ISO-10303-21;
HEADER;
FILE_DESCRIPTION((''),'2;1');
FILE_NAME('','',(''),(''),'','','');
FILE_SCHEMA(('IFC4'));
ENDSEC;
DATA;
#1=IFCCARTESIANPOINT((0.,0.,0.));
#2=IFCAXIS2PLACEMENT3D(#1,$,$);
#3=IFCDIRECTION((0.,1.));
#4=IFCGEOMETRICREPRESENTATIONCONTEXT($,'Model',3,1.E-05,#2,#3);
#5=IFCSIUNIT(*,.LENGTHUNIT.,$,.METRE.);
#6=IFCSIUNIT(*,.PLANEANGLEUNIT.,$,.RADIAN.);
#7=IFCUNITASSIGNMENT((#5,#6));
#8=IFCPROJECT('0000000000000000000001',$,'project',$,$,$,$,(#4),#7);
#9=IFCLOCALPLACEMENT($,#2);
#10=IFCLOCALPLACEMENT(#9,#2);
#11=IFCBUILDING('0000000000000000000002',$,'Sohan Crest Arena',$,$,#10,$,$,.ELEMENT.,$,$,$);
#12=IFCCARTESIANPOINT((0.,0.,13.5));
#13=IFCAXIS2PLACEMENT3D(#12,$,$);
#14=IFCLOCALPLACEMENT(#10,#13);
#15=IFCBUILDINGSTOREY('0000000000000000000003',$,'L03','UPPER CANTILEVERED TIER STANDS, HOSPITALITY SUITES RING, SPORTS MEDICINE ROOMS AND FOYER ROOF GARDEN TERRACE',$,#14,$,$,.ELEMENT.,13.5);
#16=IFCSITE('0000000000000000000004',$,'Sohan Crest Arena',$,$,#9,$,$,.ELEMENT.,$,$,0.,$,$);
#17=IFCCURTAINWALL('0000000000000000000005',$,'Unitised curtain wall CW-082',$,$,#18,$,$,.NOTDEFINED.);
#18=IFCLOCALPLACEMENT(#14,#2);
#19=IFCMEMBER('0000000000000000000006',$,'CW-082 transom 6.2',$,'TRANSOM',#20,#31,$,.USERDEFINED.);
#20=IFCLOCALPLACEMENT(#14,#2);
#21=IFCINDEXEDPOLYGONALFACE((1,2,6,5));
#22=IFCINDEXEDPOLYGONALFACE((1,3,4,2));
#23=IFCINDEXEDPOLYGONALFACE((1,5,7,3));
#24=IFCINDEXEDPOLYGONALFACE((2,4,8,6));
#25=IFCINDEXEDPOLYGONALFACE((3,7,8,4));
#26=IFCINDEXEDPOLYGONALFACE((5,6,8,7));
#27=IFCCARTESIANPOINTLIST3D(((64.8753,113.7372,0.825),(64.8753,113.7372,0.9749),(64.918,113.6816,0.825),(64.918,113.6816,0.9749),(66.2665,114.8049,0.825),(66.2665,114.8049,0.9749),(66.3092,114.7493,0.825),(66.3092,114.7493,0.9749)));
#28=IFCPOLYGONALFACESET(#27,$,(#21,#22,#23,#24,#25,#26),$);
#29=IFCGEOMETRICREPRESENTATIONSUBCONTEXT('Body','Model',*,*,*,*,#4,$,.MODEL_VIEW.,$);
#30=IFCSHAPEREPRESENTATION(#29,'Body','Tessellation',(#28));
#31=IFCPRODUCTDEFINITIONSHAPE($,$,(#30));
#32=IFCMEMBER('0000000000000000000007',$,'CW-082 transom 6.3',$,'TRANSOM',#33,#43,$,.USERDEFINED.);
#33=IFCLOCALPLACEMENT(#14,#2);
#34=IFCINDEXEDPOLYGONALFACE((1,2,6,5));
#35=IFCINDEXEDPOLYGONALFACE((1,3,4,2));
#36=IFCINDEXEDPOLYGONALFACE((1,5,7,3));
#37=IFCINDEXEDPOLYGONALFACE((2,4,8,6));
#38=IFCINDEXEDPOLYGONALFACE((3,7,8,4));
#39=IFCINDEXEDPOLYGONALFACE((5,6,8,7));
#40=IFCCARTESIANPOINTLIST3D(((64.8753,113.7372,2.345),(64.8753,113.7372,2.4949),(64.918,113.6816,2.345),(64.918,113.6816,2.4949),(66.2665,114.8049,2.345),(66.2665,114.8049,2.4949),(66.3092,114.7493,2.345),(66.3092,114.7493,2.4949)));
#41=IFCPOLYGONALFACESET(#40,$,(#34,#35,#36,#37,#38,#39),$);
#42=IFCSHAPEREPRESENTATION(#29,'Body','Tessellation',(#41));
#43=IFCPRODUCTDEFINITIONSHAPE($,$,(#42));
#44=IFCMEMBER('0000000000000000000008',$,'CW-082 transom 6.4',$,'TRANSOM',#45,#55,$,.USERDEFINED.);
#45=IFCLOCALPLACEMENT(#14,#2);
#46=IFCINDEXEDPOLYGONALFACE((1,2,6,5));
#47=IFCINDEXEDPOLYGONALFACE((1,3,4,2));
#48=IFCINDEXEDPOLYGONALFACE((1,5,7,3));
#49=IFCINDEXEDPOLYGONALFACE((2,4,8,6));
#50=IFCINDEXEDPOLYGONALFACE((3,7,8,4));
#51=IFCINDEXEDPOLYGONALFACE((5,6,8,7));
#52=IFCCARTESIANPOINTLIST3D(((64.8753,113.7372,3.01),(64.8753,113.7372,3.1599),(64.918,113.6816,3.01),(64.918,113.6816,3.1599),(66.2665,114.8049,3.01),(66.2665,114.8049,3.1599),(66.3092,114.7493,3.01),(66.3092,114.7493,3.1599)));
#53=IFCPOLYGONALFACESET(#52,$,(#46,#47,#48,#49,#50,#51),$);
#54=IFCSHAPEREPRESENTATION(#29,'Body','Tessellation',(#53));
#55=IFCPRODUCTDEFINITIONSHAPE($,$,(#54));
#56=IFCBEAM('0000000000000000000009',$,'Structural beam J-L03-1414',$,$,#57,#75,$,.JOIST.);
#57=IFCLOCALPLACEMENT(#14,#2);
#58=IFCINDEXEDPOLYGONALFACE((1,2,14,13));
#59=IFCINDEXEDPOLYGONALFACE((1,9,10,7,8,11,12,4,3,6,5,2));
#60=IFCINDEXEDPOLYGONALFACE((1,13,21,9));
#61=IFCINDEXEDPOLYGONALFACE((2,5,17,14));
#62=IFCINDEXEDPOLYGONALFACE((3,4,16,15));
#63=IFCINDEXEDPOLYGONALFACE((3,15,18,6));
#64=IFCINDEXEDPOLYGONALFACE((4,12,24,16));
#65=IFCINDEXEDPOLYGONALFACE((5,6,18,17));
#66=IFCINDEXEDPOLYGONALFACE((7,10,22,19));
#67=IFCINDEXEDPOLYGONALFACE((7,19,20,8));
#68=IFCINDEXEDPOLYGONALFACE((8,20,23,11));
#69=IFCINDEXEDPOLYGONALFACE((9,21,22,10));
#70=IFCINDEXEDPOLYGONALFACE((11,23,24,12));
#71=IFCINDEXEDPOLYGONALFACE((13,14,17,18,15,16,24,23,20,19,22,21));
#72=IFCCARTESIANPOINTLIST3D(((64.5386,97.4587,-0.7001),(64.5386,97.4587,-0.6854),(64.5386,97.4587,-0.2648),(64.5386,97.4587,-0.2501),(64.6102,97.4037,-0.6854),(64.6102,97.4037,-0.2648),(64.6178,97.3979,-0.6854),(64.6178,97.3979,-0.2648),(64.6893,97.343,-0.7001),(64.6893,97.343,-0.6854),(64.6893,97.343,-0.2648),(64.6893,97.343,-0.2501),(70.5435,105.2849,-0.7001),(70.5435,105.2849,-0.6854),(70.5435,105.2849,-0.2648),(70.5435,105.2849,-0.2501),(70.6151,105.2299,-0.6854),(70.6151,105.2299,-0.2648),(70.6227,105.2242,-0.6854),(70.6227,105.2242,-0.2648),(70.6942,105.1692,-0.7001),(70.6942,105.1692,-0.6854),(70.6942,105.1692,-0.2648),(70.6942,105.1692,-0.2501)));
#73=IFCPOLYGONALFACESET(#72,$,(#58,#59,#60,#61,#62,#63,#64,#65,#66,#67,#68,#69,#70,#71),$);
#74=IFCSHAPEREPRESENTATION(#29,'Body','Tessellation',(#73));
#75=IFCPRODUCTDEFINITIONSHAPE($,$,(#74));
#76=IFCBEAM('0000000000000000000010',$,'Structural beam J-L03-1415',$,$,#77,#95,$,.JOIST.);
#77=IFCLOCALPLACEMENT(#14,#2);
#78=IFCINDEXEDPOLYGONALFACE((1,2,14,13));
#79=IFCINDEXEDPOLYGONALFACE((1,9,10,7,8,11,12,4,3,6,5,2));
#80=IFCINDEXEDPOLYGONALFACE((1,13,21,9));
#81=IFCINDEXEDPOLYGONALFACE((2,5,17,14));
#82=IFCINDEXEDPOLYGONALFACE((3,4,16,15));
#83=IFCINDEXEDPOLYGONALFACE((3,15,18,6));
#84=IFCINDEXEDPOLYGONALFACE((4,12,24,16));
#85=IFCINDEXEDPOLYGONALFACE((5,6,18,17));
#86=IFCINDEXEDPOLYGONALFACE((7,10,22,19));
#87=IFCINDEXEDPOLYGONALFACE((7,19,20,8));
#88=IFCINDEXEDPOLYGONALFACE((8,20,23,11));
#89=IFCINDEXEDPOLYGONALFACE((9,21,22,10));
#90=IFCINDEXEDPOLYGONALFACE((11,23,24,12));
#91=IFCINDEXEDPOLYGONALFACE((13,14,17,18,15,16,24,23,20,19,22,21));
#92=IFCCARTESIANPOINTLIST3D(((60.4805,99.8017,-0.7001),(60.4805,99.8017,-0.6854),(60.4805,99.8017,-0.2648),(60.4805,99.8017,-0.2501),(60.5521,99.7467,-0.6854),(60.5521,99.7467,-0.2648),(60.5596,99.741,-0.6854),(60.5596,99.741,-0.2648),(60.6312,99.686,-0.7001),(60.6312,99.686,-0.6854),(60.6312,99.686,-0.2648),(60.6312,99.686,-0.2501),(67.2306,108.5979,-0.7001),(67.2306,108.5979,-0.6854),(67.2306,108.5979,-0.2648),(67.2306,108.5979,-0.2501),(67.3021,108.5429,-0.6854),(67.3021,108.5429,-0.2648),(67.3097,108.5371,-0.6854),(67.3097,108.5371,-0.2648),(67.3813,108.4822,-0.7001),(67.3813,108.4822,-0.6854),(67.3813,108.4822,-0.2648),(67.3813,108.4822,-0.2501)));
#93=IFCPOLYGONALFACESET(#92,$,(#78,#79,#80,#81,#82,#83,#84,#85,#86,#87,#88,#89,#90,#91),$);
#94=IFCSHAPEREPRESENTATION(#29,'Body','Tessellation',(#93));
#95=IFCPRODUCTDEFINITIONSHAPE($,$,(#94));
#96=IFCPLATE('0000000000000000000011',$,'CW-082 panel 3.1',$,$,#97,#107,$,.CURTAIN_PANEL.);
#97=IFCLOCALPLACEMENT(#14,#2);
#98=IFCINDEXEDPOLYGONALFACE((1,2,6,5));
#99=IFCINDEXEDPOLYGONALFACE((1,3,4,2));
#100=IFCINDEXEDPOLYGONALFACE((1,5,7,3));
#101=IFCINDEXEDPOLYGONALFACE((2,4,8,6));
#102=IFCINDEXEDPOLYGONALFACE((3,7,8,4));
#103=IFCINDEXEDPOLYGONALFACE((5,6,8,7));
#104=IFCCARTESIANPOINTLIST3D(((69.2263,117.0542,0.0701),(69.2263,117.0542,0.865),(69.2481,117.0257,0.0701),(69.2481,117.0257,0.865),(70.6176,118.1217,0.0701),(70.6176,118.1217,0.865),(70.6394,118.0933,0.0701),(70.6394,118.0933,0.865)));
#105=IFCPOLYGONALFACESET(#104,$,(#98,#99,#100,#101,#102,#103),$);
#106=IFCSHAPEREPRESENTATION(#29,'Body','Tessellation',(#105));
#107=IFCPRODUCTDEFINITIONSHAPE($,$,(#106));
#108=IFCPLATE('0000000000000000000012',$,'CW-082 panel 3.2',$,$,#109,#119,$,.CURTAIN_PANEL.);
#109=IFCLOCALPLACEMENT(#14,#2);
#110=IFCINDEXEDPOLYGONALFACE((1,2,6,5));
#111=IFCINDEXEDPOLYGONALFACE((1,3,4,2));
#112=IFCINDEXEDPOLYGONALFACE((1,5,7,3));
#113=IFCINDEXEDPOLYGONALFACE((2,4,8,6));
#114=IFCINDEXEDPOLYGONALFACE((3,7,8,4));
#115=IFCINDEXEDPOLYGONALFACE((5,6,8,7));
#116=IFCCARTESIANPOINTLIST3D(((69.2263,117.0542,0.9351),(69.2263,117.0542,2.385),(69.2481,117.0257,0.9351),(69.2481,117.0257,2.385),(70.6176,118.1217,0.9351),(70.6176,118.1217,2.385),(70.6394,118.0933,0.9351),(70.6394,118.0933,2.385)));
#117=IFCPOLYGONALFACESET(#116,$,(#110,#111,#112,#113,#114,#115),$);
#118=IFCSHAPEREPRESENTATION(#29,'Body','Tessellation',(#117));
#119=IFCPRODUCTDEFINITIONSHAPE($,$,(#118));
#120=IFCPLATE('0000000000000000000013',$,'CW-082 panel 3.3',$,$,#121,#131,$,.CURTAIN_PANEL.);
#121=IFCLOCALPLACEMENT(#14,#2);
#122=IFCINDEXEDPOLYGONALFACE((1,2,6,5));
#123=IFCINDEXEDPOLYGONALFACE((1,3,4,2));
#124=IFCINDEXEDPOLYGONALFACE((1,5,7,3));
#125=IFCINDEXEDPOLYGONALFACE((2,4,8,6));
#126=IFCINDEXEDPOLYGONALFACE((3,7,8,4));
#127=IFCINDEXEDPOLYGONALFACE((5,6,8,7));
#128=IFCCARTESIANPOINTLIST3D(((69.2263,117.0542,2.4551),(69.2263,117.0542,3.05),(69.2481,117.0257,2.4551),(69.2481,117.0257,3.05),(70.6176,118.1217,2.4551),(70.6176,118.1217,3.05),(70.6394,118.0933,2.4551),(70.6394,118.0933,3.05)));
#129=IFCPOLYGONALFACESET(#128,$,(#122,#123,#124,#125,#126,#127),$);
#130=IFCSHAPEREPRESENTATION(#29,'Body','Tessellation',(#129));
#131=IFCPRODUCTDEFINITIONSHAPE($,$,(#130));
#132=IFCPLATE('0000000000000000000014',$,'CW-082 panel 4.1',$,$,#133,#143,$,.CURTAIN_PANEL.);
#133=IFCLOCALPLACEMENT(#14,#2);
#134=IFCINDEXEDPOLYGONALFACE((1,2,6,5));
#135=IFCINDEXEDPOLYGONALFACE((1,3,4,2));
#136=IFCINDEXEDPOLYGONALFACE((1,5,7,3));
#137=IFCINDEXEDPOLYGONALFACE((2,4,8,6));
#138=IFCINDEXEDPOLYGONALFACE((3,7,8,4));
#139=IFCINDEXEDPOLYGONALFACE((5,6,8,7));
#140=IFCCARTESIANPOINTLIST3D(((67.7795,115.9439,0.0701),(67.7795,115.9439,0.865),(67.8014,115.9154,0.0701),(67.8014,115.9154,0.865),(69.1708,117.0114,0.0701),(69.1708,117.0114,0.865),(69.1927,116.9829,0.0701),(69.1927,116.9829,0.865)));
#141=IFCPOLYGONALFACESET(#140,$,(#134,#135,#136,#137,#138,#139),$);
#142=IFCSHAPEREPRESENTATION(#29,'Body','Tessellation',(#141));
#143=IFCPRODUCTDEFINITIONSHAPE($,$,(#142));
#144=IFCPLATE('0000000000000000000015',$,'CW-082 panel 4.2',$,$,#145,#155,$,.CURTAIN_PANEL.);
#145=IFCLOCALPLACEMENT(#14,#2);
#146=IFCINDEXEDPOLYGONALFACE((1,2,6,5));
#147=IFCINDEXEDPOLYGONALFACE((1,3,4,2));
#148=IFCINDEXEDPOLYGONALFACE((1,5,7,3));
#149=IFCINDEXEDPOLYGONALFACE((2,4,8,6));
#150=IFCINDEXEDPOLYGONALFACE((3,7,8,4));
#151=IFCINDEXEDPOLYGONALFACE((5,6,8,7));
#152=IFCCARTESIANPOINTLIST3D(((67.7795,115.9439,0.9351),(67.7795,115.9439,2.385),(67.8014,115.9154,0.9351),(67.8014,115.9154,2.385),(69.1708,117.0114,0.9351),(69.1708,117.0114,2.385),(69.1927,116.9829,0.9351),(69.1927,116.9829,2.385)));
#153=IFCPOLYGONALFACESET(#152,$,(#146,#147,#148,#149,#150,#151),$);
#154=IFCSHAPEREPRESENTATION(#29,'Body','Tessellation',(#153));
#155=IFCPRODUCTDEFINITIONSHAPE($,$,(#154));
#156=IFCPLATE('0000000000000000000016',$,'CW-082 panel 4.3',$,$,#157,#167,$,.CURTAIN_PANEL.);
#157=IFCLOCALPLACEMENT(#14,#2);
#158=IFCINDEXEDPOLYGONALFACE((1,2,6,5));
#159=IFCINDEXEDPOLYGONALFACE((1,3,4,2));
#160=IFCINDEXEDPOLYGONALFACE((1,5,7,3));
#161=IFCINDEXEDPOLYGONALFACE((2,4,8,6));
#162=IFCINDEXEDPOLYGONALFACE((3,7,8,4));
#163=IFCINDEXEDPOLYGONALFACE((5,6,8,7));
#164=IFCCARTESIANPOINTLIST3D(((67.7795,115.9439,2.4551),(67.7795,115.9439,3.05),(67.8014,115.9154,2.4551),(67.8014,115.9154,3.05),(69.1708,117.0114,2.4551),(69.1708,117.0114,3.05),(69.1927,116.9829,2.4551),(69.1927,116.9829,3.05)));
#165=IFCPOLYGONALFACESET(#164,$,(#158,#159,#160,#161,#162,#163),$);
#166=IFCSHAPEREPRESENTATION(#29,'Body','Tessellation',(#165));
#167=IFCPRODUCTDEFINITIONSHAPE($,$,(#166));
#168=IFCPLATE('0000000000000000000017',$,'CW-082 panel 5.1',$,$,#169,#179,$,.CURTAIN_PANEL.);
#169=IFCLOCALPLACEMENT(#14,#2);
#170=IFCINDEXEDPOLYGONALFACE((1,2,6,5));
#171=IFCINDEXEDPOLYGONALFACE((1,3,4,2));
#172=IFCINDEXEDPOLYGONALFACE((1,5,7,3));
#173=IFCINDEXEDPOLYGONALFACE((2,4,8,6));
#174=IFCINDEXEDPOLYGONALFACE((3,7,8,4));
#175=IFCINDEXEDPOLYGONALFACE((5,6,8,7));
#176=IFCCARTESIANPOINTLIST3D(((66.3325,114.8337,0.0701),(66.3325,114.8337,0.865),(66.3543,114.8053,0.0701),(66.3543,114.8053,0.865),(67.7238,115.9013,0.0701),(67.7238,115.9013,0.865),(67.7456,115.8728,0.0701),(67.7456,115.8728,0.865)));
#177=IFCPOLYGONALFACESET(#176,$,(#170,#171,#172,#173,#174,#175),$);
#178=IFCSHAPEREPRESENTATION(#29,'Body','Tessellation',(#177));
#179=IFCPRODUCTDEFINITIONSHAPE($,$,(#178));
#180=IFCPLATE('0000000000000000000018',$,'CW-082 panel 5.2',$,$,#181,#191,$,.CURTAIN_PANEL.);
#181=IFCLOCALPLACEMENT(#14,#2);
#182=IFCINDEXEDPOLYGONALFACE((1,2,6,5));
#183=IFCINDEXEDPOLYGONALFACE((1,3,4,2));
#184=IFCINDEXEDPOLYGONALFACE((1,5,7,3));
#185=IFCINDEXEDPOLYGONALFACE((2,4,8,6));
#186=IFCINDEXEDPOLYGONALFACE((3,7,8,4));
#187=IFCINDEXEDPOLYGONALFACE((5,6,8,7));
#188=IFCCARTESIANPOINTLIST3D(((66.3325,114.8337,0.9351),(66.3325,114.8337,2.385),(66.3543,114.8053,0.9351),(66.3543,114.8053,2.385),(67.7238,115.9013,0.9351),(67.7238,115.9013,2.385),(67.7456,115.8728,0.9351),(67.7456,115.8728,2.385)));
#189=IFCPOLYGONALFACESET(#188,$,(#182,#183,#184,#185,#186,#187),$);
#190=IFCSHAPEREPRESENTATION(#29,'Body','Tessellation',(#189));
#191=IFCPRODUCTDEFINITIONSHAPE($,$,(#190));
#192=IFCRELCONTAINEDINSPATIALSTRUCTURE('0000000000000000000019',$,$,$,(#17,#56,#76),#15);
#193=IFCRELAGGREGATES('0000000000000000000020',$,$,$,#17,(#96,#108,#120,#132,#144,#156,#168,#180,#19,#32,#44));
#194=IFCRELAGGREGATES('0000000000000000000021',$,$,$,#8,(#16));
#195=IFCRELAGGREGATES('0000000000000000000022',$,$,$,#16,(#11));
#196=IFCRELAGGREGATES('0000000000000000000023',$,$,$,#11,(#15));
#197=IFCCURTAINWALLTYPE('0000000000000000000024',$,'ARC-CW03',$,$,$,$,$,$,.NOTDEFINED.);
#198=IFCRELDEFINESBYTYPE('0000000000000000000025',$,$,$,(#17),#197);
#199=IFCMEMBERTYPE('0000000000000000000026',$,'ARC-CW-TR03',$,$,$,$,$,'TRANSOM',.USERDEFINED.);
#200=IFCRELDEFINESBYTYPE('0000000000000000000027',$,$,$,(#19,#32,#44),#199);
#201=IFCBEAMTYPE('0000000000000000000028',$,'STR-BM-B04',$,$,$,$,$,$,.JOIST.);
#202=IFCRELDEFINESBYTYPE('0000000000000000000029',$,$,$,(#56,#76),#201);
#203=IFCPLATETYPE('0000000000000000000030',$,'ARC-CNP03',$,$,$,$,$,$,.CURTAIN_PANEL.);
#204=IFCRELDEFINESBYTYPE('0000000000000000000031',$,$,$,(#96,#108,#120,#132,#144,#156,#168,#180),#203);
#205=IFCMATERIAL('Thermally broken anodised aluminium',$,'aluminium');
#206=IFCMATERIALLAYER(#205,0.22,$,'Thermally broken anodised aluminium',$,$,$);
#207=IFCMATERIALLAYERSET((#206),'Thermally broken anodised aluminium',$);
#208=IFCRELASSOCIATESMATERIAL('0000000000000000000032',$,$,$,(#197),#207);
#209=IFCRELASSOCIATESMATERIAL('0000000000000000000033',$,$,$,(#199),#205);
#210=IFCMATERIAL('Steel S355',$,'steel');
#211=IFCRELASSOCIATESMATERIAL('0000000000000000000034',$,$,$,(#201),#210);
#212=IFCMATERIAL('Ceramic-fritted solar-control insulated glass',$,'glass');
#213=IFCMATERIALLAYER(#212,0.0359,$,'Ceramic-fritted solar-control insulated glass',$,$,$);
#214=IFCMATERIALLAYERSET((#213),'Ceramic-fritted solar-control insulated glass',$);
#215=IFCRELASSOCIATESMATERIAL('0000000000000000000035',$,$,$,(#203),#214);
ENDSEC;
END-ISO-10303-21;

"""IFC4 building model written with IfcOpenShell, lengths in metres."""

from ifc_helpers import new_model, si_unit, direction, frame, origin, origin_2d, place, context, subcontext, project, spatial, rectangle, i_section, extrude, material, layer, layer_set, material_profile, profile_set, type_object, element, aggregate, save


model = new_model("IFC4")

# Units and contexts
model_context = context("Model", 3, precision=1e-05, world=origin(), true_north=direction((0.0, 1.0)))
body_context = subcontext(model_context, "Body", "Model", "MODEL_VIEW")
ifc_project = project(units=[si_unit("LENGTHUNIT", "METRE"), si_unit("PLANEANGLEUNIT", "RADIAN")], contexts=[model_context])

# Site, building, storey
site_placement = place(None, origin())
site = spatial("IfcSite", under=ifc_project, at=site_placement, Name="Sohan Crest Arena", CompositionType="ELEMENT", RefElevation=0.0)
building_placement = place(site_placement, origin())
building = spatial("IfcBuilding", under=site, at=building_placement, Name="Sohan Crest Arena", CompositionType="ELEMENT")
storey_placement = place(building_placement, frame((0.0, 0.0, 13.5)))
storey = spatial("IfcBuildingStorey", under=building, at=storey_placement, Name="L03", Description="UPPER CANTILEVERED TIER STANDS, HOSPITALITY SUITES RING, SPORTS MEDICINE ROOMS AND FOYER ROOF GARDEN TERRACE", CompositionType="ELEMENT", Elevation=13.5)

# Shared definitions
ifc_material_1 = material(Name="Steel S355", Category="steel")

# Curtain wall, members
ifc_material_2 = material(Name="Thermally broken anodised aluminium", Category="aluminium")
ifc_layer_1 = layer(ifc_material_2, 0.22, Name="Thermally broken anodised aluminium")
ifc_layer_set_1 = layer_set([ifc_layer_1], Name="Thermally broken anodised aluminium")
curtain_wall_type = type_object("IfcCurtainWallType", Name="ARC-CW03", PredefinedType="NOTDEFINED", material=ifc_layer_set_1)
curtain_wall_placement = place(storey_placement, origin())
curtain_wall = element("IfcCurtainWall", 1, at=curtain_wall_placement, inside=storey, type_object=curtain_wall_type, Name="Unitised curtain wall CW-082", PredefinedType="NOTDEFINED")
ifc_material_profile_1 = material_profile(ifc_material_2, rectangle(XDim=0.0701, YDim=0.1499, at=origin_2d()), Name="ALU-TRAN 70x150")
ifc_profile_set_1 = profile_set([ifc_material_profile_1], Name="Thermally broken anodised aluminium")
member_type_1 = type_object("IfcMemberType", Name="ARC-CW-TR03", ElementType="TRANSOM", PredefinedType="USERDEFINED", material=ifc_profile_set_1)
member_1_placement = place(storey_placement, frame((66.2878, 114.7771, 0.8999), z_axis=(-0.793302, -0.608829, 0.0), x_axis=(0.608829, -0.793302, 0.0)))
member_1 = element("IfcMember", 2, at=member_1_placement, type_object=member_type_1, Name="CW-082 transom 6.2", ObjectType="TRANSOM", PredefinedType="USERDEFINED", context=body_context, shape_type="SweptSolid", body=[
    extrude(rectangle(XDim=0.0701, YDim=0.1499, at=origin_2d()), origin(), (0.0, 0.0, 1.0), 1.7537),
])
member_2_placement = place(storey_placement, frame((66.2878, 114.7771, 2.4199), z_axis=(-0.793302, -0.608829, 0.0), x_axis=(0.608829, -0.793302, 0.0)))
member_2 = element("IfcMember", 3, at=member_2_placement, type_object=member_type_1, Name="CW-082 transom 6.3", ObjectType="TRANSOM", PredefinedType="USERDEFINED", context=body_context, shape_type="SweptSolid", body=[
    extrude(rectangle(XDim=0.0701, YDim=0.1499, at=origin_2d()), origin(), (0.0, 0.0, 1.0), 1.7537),
])
member_3_placement = place(storey_placement, frame((66.2878, 114.7771, 3.085), z_axis=(-0.793302, -0.608829, 0.0), x_axis=(0.608829, -0.793302, 0.0)))
member_3 = element("IfcMember", 4, at=member_3_placement, type_object=member_type_1, Name="CW-082 transom 6.4", ObjectType="TRANSOM", PredefinedType="USERDEFINED", context=body_context, shape_type="SweptSolid", body=[
    extrude(rectangle(XDim=0.0701, YDim=0.1499, at=origin_2d()), origin(), (0.0, 0.0, 1.0), 1.7537),
])

# Beams
ifc_material_profile_2 = material_profile(ifc_material_1, i_section(OverallWidth=0.1899, OverallDepth=0.45, WebThickness=0.0095, FlangeThickness=0.0146, at=origin_2d()), Name="IPE 450")
ifc_profile_set_2 = profile_set([ifc_material_profile_2], Name="Steel S355")
beam_type = type_object("IfcBeamType", Name="STR-BM-B04", PredefinedType="JOIST", material=ifc_profile_set_2)
beam_1_placement = place(storey_placement, frame((70.6189, 105.2271, -0.4751), z_axis=(-0.608739, -0.79337, 0.0), x_axis=(0.79337, -0.608739, 0.0)))
element("IfcBeam", 5, at=beam_1_placement, inside=storey, type_object=beam_type, Name="Structural beam J-L03-1414", PredefinedType="JOIST", context=body_context, shape_type="SweptSolid", body=[
    extrude(i_section(OverallWidth=0.1899, OverallDepth=0.45, WebThickness=0.0095, FlangeThickness=0.0146, at=origin_2d()), origin(), (0.0, 0.0, 1.0), 9.8645),
])
beam_2_placement = place(storey_placement, frame((67.3059, 108.54, -0.4751), z_axis=(-0.608789, -0.793332, 0.0), x_axis=(0.793332, -0.608789, 0.0)))
element("IfcBeam", 6, at=beam_2_placement, inside=storey, type_object=beam_type, Name="Structural beam J-L03-1415", PredefinedType="JOIST", context=body_context, shape_type="SweptSolid", body=[
    extrude(i_section(OverallWidth=0.1899, OverallDepth=0.45, WebThickness=0.0095, FlangeThickness=0.0146, at=origin_2d()), origin(), (0.0, 0.0, 1.0), 11.0876),
])

# Plates
ifc_material_3 = material(Name="Ceramic-fritted solar-control insulated glass", Category="glass")
ifc_layer_2 = layer(ifc_material_3, 0.0359, Name="Ceramic-fritted solar-control insulated glass")
ifc_layer_set_2 = layer_set([ifc_layer_2], Name="Ceramic-fritted solar-control insulated glass")
plate_type = type_object("IfcPlateType", Name="ARC-CNP03", PredefinedType="CURTAIN_PANEL", material=ifc_layer_set_2)
plate_1_placement = place(storey_placement, frame((69.9329, 117.5737, 0.0701), z_axis=(0.0, 0.0, 1.0), x_axis=(-0.793372, -0.608737, 0.0)))
plate_1 = element("IfcPlate", 7, at=plate_1_placement, type_object=plate_type, Name="CW-082 panel 3.1", PredefinedType="CURTAIN_PANEL", context=body_context, shape_type="SweptSolid", body=[
    extrude(rectangle(XDim=1.7537, YDim=0.0359, at=origin_2d()), origin(), (0.0, 0.0, 1.0), 0.7949),
])
plate_2_placement = place(storey_placement, frame((69.9329, 117.5737, 0.9351), z_axis=(0.0, 0.0, 1.0), x_axis=(-0.793372, -0.608737, 0.0)))
plate_2 = element("IfcPlate", 8, at=plate_2_placement, type_object=plate_type, Name="CW-082 panel 3.2", PredefinedType="CURTAIN_PANEL", context=body_context, shape_type="SweptSolid", body=[
    extrude(rectangle(XDim=1.7537, YDim=0.0359, at=origin_2d()), origin(), (0.0, 0.0, 1.0), 1.45),
])
plate_3_placement = place(storey_placement, frame((69.9329, 117.5737, 2.4551), z_axis=(0.0, 0.0, 1.0), x_axis=(-0.793372, -0.608737, 0.0)))
plate_3 = element("IfcPlate", 9, at=plate_3_placement, type_object=plate_type, Name="CW-082 panel 3.3", PredefinedType="CURTAIN_PANEL", context=body_context, shape_type="SweptSolid", body=[
    extrude(rectangle(XDim=1.7537, YDim=0.0359, at=origin_2d()), origin(), (0.0, 0.0, 1.0), 0.595),
])
plate_4_placement = place(storey_placement, frame((68.4861, 116.4634, 0.0701), z_axis=(0.0, 0.0, 1.0), x_axis=(-0.793372, -0.608737, 0.0)))
plate_4 = element("IfcPlate", 10, at=plate_4_placement, type_object=plate_type, Name="CW-082 panel 4.1", PredefinedType="CURTAIN_PANEL", context=body_context, shape_type="SweptSolid", body=[
    extrude(rectangle(XDim=1.7537, YDim=0.0359, at=origin_2d()), origin(), (0.0, 0.0, 1.0), 0.7949),
])
plate_5_placement = place(storey_placement, frame((68.4861, 116.4634, 0.9351), z_axis=(0.0, 0.0, 1.0), x_axis=(-0.793372, -0.608737, 0.0)))
plate_5 = element("IfcPlate", 11, at=plate_5_placement, type_object=plate_type, Name="CW-082 panel 4.2", PredefinedType="CURTAIN_PANEL", context=body_context, shape_type="SweptSolid", body=[
    extrude(rectangle(XDim=1.7537, YDim=0.0359, at=origin_2d()), origin(), (0.0, 0.0, 1.0), 1.45),
])
plate_6_placement = place(storey_placement, frame((68.4861, 116.4634, 2.4551), z_axis=(0.0, 0.0, 1.0), x_axis=(-0.793372, -0.608737, 0.0)))
plate_6 = element("IfcPlate", 12, at=plate_6_placement, type_object=plate_type, Name="CW-082 panel 4.3", PredefinedType="CURTAIN_PANEL", context=body_context, shape_type="SweptSolid", body=[
    extrude(rectangle(XDim=1.7537, YDim=0.0359, at=origin_2d()), origin(), (0.0, 0.0, 1.0), 0.595),
])
plate_7_placement = place(storey_placement, frame((67.0391, 115.3533, 0.0701), z_axis=(0.0, 0.0, 1.0), x_axis=(-0.793372, -0.608737, 0.0)))
plate_7 = element("IfcPlate", 13, at=plate_7_placement, type_object=plate_type, Name="CW-082 panel 5.1", PredefinedType="CURTAIN_PANEL", context=body_context, shape_type="SweptSolid", body=[
    extrude(rectangle(XDim=1.7537, YDim=0.0359, at=origin_2d()), origin(), (0.0, 0.0, 1.0), 0.7949),
])
plate_8_placement = place(storey_placement, frame((67.0391, 115.3533, 0.9351), z_axis=(0.0, 0.0, 1.0), x_axis=(-0.793372, -0.608737, 0.0)))
plate_8 = element("IfcPlate", 14, at=plate_8_placement, type_object=plate_type, Name="CW-082 panel 5.2", PredefinedType="CURTAIN_PANEL", context=body_context, shape_type="SweptSolid", body=[
    extrude(rectangle(XDim=1.7537, YDim=0.0359, at=origin_2d()), origin(), (0.0, 0.0, 1.0), 1.45),
])
aggregate(curtain_wall, [plate_1, plate_2, plate_3, plate_4, plate_5, plate_6, plate_7, plate_8, member_1, member_2, member_3])

save(model, "model.ifc")
